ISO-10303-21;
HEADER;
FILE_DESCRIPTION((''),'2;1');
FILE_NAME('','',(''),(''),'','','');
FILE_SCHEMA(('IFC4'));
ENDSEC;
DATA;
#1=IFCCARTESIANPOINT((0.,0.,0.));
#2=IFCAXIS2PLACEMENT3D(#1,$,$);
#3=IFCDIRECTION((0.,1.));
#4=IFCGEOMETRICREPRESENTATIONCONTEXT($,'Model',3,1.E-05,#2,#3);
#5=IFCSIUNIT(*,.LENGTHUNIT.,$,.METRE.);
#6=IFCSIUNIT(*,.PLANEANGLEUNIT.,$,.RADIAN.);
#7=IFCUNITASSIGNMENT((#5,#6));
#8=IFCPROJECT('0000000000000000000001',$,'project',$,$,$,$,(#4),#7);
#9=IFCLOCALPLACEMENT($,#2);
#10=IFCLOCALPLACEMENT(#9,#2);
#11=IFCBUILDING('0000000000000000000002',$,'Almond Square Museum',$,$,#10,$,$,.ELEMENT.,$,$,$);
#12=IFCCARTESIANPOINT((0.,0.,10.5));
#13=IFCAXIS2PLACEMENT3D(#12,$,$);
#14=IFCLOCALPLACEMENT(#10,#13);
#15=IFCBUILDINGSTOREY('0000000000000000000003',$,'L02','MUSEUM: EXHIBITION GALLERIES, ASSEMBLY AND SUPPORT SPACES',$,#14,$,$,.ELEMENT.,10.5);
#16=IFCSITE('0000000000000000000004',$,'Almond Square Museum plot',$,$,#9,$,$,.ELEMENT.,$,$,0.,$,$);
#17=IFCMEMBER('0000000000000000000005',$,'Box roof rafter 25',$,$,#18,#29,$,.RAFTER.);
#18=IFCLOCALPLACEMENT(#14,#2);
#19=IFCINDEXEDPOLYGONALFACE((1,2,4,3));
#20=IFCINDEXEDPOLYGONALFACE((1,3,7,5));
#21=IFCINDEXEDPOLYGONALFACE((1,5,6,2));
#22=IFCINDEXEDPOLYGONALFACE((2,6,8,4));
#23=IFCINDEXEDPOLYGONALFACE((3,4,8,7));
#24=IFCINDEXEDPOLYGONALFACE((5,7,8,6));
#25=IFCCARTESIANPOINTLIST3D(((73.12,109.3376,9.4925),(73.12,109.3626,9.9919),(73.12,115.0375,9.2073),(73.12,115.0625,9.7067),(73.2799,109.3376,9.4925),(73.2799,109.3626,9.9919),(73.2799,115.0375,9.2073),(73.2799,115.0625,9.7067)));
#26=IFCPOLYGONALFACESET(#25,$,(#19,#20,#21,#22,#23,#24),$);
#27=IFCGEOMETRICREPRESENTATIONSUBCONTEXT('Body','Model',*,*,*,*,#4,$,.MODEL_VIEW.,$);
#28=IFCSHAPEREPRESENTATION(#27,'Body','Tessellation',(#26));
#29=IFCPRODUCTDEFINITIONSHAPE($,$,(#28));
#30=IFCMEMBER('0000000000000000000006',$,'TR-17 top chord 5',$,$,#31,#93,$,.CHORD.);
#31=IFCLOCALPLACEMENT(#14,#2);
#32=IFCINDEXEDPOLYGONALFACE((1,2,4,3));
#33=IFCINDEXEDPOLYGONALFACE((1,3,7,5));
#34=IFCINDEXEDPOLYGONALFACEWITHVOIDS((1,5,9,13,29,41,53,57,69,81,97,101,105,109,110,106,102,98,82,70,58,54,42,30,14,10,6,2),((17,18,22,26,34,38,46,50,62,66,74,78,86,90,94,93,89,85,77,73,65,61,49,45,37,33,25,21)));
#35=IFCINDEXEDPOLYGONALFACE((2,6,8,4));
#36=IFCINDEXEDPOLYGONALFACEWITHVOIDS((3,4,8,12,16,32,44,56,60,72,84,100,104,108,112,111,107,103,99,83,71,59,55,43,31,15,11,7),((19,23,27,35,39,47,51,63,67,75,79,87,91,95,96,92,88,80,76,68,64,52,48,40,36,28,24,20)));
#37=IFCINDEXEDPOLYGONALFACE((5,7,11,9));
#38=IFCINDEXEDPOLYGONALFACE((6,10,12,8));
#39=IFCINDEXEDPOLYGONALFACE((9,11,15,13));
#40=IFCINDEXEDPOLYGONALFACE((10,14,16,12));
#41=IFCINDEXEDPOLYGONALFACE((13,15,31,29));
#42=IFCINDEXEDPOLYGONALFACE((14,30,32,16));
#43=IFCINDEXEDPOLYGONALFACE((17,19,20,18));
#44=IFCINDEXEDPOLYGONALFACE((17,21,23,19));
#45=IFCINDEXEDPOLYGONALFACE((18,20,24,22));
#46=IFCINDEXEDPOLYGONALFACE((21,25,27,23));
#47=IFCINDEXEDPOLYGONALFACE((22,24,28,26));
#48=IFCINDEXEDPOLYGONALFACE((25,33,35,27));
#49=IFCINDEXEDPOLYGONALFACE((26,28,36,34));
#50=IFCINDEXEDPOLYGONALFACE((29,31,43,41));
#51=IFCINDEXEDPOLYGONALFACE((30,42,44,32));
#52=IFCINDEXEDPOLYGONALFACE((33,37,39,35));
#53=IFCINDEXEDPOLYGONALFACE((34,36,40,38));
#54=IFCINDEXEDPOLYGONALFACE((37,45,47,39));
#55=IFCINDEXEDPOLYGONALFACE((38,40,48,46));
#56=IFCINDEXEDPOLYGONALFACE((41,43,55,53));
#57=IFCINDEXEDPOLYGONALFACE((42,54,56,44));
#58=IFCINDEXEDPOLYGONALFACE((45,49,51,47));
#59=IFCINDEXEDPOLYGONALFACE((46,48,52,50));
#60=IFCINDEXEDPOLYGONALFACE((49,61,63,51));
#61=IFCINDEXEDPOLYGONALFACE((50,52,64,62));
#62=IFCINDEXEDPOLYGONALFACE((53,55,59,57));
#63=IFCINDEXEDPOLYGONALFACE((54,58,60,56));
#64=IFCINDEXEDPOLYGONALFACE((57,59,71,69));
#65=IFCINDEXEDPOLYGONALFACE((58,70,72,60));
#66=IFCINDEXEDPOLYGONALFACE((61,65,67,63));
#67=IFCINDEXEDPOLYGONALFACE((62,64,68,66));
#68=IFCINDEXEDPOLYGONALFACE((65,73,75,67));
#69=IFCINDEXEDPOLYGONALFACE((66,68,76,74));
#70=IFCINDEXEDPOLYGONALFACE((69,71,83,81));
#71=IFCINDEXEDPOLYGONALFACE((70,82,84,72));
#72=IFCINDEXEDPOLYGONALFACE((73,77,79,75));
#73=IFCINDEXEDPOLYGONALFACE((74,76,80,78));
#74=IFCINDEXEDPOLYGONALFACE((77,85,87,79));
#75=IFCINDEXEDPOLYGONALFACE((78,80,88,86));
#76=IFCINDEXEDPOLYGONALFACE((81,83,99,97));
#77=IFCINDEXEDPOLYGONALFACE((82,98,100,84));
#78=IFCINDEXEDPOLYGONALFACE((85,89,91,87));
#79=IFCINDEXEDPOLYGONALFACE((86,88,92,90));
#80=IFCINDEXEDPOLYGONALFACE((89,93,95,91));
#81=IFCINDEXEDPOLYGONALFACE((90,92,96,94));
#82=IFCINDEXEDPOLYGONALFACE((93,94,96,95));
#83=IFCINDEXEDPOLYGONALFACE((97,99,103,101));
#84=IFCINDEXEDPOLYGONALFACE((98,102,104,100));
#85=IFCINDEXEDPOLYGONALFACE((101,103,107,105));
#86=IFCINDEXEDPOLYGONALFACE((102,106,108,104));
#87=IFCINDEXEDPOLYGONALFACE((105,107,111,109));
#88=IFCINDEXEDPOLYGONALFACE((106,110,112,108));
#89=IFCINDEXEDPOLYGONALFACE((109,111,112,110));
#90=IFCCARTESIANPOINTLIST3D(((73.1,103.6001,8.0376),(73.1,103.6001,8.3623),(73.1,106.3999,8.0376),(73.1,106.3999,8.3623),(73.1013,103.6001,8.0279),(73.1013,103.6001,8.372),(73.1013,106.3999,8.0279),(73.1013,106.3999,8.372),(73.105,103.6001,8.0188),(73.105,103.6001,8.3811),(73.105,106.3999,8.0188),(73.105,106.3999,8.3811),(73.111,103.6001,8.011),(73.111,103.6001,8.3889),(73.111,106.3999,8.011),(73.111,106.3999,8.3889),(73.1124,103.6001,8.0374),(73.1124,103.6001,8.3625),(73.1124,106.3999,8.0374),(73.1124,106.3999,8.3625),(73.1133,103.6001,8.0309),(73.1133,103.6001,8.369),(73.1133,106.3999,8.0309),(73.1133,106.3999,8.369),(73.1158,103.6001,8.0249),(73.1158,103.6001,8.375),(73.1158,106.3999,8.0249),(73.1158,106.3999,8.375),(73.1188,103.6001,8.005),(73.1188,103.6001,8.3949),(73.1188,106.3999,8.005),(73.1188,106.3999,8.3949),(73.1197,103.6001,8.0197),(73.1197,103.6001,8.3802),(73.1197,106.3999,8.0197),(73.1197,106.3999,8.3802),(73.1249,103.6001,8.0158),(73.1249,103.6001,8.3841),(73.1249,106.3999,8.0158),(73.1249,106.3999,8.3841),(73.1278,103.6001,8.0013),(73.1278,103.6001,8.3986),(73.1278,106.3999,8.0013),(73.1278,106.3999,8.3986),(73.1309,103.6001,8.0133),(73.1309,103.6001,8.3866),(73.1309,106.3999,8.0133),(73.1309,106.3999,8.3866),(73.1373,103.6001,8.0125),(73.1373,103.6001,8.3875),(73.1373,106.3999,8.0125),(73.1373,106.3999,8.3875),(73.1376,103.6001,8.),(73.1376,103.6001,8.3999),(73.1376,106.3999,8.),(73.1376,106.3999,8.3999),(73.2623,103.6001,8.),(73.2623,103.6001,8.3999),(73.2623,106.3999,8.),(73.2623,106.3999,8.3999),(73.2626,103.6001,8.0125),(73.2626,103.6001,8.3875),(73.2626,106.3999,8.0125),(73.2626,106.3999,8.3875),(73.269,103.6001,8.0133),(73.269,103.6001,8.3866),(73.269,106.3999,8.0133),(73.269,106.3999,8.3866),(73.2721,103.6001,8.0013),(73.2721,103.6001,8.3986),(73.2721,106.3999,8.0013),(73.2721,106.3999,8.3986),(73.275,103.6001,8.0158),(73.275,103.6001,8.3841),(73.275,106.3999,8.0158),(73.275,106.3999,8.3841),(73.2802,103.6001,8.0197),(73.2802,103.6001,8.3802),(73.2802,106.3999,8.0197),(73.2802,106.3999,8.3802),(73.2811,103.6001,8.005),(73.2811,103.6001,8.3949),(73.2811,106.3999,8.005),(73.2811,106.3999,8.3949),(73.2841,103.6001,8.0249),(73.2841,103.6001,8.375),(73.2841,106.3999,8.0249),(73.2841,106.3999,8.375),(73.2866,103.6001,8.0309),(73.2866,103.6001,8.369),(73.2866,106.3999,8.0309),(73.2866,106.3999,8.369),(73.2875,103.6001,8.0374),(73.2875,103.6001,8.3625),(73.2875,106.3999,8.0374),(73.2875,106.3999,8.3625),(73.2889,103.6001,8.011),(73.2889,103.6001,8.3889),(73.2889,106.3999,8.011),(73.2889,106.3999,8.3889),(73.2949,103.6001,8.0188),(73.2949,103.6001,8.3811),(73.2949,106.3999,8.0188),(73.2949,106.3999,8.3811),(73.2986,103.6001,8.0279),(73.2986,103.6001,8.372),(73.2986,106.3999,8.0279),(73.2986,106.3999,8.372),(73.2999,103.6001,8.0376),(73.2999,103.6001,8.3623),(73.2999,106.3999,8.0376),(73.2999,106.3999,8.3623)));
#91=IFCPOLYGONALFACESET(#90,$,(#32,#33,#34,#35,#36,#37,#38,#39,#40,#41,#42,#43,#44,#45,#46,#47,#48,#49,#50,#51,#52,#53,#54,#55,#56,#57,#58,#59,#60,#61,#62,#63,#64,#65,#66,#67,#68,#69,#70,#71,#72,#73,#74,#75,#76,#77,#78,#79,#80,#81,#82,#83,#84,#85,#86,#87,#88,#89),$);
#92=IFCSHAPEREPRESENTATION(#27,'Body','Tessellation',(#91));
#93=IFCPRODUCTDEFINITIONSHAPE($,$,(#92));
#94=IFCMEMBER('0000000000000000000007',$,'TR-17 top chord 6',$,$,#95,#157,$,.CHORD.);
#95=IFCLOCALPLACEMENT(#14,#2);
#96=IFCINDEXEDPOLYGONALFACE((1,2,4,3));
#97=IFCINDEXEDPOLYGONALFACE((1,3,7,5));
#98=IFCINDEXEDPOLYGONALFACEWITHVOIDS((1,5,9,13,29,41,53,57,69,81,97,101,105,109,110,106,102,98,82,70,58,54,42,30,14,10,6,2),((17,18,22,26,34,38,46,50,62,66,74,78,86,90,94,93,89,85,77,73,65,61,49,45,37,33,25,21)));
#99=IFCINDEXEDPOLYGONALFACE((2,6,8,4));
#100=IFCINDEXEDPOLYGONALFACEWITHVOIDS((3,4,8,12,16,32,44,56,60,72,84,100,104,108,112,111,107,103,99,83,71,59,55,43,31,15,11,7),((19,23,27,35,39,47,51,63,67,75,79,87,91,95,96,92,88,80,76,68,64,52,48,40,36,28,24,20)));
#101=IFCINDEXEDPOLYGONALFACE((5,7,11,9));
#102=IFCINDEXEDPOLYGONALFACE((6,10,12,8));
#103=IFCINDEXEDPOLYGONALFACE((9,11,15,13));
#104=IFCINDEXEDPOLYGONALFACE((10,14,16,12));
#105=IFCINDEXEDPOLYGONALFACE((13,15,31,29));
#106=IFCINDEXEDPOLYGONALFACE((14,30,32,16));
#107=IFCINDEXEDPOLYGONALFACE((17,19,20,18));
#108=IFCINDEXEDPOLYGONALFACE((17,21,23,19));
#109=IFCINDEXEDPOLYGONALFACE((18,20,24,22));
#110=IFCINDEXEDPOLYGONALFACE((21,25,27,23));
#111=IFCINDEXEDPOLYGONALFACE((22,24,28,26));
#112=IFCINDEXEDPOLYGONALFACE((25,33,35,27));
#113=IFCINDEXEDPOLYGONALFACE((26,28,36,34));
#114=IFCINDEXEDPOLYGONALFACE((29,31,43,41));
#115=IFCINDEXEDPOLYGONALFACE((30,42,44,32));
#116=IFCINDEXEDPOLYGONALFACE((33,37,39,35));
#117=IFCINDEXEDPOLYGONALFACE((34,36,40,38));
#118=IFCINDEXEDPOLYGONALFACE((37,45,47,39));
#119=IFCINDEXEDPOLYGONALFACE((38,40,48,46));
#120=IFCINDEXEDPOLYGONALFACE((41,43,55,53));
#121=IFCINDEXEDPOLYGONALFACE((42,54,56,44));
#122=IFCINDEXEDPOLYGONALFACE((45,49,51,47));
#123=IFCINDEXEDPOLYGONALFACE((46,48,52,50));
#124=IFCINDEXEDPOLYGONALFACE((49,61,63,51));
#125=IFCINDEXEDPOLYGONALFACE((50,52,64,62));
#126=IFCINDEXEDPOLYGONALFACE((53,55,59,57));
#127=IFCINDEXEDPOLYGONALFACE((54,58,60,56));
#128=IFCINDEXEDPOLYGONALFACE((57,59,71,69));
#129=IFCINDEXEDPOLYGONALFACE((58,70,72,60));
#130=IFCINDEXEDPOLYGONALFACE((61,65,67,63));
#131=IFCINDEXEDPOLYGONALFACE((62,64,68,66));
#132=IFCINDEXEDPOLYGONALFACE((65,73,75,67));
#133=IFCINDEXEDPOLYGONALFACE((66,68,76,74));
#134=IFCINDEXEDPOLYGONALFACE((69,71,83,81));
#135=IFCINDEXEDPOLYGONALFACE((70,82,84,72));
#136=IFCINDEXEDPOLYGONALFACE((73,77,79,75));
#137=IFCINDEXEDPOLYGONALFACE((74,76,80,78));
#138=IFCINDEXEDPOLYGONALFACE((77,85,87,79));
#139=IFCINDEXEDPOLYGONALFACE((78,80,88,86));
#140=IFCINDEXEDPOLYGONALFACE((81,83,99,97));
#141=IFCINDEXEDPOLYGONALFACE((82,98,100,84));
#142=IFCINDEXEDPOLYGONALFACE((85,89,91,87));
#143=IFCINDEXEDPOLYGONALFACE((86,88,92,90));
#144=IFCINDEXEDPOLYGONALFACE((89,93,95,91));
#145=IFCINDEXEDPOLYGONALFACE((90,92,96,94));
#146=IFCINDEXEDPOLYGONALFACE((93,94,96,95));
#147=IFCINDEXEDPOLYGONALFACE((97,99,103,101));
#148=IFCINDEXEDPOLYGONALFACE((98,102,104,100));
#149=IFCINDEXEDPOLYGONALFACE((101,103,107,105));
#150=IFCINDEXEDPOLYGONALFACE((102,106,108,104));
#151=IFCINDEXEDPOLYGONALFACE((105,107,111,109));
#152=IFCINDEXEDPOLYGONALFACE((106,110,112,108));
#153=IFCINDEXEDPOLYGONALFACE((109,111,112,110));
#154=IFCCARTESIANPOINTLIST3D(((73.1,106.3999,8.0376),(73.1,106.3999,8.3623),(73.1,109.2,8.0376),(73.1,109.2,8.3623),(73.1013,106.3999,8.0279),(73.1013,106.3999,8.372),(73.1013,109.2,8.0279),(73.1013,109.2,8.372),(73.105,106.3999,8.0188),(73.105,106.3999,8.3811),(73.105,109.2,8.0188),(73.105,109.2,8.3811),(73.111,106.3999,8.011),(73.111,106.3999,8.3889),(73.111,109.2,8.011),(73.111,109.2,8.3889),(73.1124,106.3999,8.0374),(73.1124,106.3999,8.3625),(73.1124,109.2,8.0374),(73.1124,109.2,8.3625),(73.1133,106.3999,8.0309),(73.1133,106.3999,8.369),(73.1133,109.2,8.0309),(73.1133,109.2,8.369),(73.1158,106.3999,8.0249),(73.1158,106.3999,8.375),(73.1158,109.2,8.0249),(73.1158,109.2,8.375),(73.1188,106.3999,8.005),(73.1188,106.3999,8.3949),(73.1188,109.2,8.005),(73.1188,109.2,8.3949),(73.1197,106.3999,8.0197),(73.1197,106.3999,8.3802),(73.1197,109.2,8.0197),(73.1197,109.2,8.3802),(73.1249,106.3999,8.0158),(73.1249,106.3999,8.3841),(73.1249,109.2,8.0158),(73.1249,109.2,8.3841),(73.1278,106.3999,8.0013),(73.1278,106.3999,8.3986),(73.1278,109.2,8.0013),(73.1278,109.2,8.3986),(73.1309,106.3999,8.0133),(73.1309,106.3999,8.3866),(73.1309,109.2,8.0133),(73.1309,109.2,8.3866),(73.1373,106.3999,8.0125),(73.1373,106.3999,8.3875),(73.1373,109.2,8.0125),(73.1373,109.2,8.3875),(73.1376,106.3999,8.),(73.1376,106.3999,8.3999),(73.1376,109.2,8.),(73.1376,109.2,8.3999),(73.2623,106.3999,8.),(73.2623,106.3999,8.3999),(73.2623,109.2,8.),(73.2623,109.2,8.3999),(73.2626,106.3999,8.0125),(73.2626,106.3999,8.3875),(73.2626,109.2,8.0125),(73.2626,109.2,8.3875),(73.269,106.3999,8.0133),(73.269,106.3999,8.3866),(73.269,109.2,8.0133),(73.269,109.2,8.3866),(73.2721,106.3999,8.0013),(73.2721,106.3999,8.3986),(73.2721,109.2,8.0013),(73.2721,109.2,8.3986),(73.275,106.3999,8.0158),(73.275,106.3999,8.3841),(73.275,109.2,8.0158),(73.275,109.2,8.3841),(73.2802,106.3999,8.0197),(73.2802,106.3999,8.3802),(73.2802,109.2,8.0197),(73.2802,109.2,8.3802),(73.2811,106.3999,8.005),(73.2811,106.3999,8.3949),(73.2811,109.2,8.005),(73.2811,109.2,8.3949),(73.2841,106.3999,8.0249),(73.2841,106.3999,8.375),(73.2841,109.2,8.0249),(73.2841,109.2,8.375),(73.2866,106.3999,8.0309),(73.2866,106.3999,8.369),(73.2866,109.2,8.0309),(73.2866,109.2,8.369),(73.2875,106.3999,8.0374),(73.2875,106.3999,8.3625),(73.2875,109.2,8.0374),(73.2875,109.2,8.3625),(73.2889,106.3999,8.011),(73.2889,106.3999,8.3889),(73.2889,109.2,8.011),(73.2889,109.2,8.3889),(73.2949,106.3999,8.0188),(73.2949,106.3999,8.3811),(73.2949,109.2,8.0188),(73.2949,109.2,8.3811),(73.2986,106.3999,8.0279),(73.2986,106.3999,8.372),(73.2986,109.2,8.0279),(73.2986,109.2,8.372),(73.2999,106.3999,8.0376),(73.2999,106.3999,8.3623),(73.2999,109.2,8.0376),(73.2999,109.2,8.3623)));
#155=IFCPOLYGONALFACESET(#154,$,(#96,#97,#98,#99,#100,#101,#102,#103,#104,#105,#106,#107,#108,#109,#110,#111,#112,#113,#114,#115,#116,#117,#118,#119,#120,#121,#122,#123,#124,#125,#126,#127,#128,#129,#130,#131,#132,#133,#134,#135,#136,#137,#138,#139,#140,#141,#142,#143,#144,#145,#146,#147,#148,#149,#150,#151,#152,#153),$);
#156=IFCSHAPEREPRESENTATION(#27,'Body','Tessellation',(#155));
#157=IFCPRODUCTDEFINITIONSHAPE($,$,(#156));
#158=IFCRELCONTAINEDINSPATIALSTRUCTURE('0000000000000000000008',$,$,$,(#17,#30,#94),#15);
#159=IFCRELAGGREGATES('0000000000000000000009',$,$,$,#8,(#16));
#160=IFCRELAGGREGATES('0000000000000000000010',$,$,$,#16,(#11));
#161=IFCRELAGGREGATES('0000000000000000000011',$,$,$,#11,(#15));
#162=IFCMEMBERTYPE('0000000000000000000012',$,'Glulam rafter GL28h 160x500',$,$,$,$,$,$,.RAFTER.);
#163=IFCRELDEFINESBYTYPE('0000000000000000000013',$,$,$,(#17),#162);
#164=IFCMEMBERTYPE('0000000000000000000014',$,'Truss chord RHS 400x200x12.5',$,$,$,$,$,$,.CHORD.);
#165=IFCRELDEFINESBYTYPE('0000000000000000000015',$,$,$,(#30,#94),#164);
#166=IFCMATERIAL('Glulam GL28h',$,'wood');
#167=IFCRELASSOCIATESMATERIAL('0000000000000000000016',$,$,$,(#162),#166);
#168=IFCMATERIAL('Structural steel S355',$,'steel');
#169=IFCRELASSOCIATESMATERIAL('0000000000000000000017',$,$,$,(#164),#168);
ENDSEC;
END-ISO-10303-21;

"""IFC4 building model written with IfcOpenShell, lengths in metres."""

from ifc_helpers import new_model, si_unit, direction, frame, origin, origin_2d, place, context, subcontext, project, spatial, rectangle, hollow_rectangle, extrude, material, material_profile, profile_set, type_object, element, save


model = new_model("IFC4")

# Units and contexts
model_context = context("Model", 3, precision=1e-05, world=origin(), true_north=direction((0.0, 1.0)))
body_context = subcontext(model_context, "Body", "Model", "MODEL_VIEW")
ifc_project = project(units=[si_unit("LENGTHUNIT", "METRE"), si_unit("PLANEANGLEUNIT", "RADIAN")], contexts=[model_context])

# Site, building, storey
site_placement = place(None, origin())
site = spatial("IfcSite", under=ifc_project, at=site_placement, Name="Almond Square Museum plot", CompositionType="ELEMENT", RefElevation=0.0)
building_placement = place(site_placement, origin())
building = spatial("IfcBuilding", under=site, at=building_placement, Name="Almond Square Museum", CompositionType="ELEMENT")
storey_placement = place(building_placement, frame((0.0, 0.0, 10.5)))
storey = spatial("IfcBuildingStorey", under=building, at=storey_placement, Name="L02", Description="MUSEUM: EXHIBITION GALLERIES, ASSEMBLY AND SUPPORT SPACES", CompositionType="ELEMENT", Elevation=10.5)

# Members
ifc_material_1 = material(Name="Glulam GL28h", Category="wood")
ifc_material_profile_1 = material_profile(ifc_material_1, rectangle(XDim=0.1599, YDim=0.5, at=origin_2d()))
ifc_profile_set_1 = profile_set([ifc_material_profile_1], Name="Glulam GL28h")
member_type_1 = type_object("IfcMemberType", Name="Glulam rafter GL28h 160x500", PredefinedType="RAFTER", material=ifc_profile_set_1)
member_1_placement = place(storey_placement, frame((73.2, 109.3501, 9.7422), z_axis=(0.0, 0.998751, -0.049965), x_axis=(-1.0, 0.0, 0.0)))
element("IfcMember", 1, at=member_1_placement, inside=storey, type_object=member_type_1, Name="Box roof rafter 25", PredefinedType="RAFTER", context=body_context, shape_type="SweptSolid", body=[
    extrude(rectangle(XDim=0.1599, YDim=0.5, at=origin_2d()), origin(), (0.0, 0.0, 1.0), 5.707),
])
ifc_material_2 = material(Name="Structural steel S355", Category="steel")
ifc_material_profile_2 = material_profile(ifc_material_2, hollow_rectangle(XDim=0.2, YDim=0.3999, WallThickness=0.0125, InnerFilletRadius=0.0249, OuterFilletRadius=0.0376, at=origin_2d()))
ifc_profile_set_2 = profile_set([ifc_material_profile_2], Name="Structural steel S355")
member_type_2 = type_object("IfcMemberType", Name="Truss chord RHS 400x200x12.5", PredefinedType="CHORD", material=ifc_profile_set_2)
member_2_placement = place(storey_placement, frame((73.2, 103.6001, 8.2), z_axis=(0.0, 1.0, 0.0), x_axis=(-1.0, 0.0, 0.0)))
element("IfcMember", 2, at=member_2_placement, inside=storey, type_object=member_type_2, Name="TR-17 top chord 5", PredefinedType="CHORD", context=body_context, shape_type="SweptSolid", body=[
    extrude(hollow_rectangle(XDim=0.2, YDim=0.3999, WallThickness=0.0125, InnerFilletRadius=0.0249, OuterFilletRadius=0.0376, at=origin_2d()), origin(), (0.0, 0.0, 1.0), 2.7998),
])
member_3_placement = place(storey_placement, frame((73.2, 106.3999, 8.2), z_axis=(0.0, 1.0, 0.0), x_axis=(-1.0, 0.0, 0.0)))
element("IfcMember", 3, at=member_3_placement, inside=storey, type_object=member_type_2, Name="TR-17 top chord 6", PredefinedType="CHORD", context=body_context, shape_type="SweptSolid", body=[
    extrude(hollow_rectangle(XDim=0.2, YDim=0.3999, WallThickness=0.0125, InnerFilletRadius=0.0249, OuterFilletRadius=0.0376, at=origin_2d()), origin(), (0.0, 0.0, 1.0), 2.8),
])

save(model, "model.ifc")
